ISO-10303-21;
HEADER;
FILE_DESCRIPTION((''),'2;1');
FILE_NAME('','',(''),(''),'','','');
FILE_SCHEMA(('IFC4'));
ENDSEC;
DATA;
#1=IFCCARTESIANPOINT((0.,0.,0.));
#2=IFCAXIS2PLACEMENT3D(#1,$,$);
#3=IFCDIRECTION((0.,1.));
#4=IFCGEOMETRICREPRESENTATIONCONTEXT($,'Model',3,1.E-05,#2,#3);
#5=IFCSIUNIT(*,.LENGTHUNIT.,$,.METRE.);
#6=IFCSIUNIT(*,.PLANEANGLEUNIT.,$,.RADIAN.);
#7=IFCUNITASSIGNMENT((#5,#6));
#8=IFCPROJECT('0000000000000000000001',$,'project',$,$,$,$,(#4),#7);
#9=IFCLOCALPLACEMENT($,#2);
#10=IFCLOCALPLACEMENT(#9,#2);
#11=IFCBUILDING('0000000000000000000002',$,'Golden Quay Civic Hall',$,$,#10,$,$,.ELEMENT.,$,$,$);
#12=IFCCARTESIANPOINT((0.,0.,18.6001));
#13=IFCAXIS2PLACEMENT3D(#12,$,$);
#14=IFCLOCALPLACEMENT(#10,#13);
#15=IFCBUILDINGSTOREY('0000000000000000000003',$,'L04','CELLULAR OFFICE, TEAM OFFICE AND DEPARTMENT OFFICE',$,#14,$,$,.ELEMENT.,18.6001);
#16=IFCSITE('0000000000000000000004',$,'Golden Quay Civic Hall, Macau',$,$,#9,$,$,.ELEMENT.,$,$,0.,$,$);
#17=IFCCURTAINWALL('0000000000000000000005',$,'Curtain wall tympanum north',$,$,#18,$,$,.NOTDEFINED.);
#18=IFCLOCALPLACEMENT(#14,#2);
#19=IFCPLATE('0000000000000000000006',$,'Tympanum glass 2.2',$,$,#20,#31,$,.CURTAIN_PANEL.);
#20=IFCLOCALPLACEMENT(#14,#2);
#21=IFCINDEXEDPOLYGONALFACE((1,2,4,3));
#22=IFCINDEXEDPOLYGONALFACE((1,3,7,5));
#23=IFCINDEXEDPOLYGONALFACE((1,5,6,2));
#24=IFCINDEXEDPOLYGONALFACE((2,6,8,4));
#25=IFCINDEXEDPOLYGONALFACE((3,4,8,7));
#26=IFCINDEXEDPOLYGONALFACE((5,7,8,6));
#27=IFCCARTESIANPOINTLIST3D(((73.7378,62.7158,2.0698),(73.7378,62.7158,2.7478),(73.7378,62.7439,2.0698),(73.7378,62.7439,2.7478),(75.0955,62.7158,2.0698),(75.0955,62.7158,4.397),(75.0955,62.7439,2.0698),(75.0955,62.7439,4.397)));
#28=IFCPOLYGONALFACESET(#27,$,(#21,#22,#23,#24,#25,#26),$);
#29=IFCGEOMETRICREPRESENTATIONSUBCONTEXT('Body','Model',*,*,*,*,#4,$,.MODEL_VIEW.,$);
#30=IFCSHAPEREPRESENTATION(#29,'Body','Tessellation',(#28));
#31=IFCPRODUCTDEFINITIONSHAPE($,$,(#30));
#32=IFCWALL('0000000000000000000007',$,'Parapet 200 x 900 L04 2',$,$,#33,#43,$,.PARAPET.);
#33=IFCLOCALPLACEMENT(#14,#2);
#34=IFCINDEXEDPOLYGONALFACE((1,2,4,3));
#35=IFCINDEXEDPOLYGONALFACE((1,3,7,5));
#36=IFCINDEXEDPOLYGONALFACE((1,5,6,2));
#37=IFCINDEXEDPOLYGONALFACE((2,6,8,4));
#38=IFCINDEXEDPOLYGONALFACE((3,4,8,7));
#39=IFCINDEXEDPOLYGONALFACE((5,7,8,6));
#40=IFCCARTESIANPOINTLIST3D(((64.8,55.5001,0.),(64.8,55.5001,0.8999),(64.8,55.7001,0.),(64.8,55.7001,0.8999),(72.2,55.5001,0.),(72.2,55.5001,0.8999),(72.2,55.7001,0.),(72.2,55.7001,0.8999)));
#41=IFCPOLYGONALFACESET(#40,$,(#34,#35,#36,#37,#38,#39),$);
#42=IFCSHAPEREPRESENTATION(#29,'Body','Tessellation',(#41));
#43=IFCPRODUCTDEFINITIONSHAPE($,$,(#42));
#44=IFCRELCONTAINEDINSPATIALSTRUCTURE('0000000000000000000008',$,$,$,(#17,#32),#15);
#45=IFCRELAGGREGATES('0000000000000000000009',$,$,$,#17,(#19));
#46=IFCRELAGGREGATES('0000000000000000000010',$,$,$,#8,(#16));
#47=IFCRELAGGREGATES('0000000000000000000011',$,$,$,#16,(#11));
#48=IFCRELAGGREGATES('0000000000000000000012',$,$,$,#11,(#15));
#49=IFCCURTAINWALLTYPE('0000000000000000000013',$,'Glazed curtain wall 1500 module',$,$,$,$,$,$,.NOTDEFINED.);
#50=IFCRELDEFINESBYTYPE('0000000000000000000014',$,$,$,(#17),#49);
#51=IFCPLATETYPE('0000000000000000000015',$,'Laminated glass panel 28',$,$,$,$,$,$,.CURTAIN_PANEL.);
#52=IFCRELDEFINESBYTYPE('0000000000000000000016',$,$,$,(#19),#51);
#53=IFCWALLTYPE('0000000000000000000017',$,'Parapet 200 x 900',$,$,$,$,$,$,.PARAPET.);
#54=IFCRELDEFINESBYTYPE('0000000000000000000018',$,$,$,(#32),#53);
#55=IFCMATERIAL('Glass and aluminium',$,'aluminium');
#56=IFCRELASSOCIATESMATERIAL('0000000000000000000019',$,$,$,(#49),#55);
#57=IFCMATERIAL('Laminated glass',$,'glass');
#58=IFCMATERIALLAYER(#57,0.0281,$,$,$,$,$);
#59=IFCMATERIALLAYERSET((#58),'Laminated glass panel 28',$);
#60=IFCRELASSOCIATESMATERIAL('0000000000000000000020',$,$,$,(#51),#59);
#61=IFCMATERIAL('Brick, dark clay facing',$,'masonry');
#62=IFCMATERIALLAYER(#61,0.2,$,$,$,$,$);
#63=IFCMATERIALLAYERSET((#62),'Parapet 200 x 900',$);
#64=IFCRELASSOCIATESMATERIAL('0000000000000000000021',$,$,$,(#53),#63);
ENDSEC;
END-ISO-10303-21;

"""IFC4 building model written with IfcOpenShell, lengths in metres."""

from ifc_helpers import new_model, si_unit, direction, frame, frame_2d, origin, place, context, subcontext, project, spatial, polyline, rectangle, outline, extrude, material, layer, layer_set, type_object, element, aggregate, save


model = new_model("IFC4")

# Units and contexts
model_context = context("Model", 3, precision=1e-05, world=origin(), true_north=direction((0.0, 1.0)))
body_context = subcontext(model_context, "Body", "Model", "MODEL_VIEW")
ifc_project = project(units=[si_unit("LENGTHUNIT", "METRE"), si_unit("PLANEANGLEUNIT", "RADIAN")], contexts=[model_context])

# Site, building, storey
site_placement = place(None, origin())
site = spatial("IfcSite", under=ifc_project, at=site_placement, Name="Golden Quay Civic Hall, Macau", CompositionType="ELEMENT", RefElevation=0.0)
building_placement = place(site_placement, origin())
building = spatial("IfcBuilding", under=site, at=building_placement, Name="Golden Quay Civic Hall", CompositionType="ELEMENT")
storey_placement = place(building_placement, frame((0.0, 0.0, 18.6001)))
storey = spatial("IfcBuildingStorey", under=building, at=storey_placement, Name="L04", Description="CELLULAR OFFICE, TEAM OFFICE AND DEPARTMENT OFFICE", CompositionType="ELEMENT", Elevation=18.6001)

# Curtain wall
ifc_material_1 = material(Name="Glass and aluminium", Category="aluminium")
curtain_wall_type_1 = type_object("IfcCurtainWallType", Name="Glazed curtain wall 1500 module", PredefinedType="NOTDEFINED", material=ifc_material_1)
curtain_wall_1_placement = place(storey_placement, origin())
curtain_wall_1 = element("IfcCurtainWall", 1, at=curtain_wall_1_placement, inside=storey, type_object=curtain_wall_type_1, Name="Curtain wall tympanum north", PredefinedType="NOTDEFINED")

# Plate
ifc_material_2 = material(Name="Laminated glass", Category="glass")
ifc_layer_1 = layer(ifc_material_2, 0.0281)
ifc_layer_set_1 = layer_set([ifc_layer_1], Name="Laminated glass panel 28")
plate_type_1 = type_object("IfcPlateType", Name="Laminated glass panel 28", PredefinedType="CURTAIN_PANEL", material=ifc_layer_set_1)
plate_1_placement = place(storey_placement, frame((75.0955, 62.7439, 2.0698), z_axis=(0.0, 1.0, 0.0), x_axis=(-1.0, 0.0, 0.0)))
plate_1 = element("IfcPlate", 2, at=plate_1_placement, type_object=plate_type_1, Name="Tympanum glass 2.2", PredefinedType="CURTAIN_PANEL", context=body_context, shape_type="SweptSolid", body=[
    extrude(outline(polyline([(0.0, 0.0), (1.3577, 0.0), (1.3577, 0.678), (0.0, 2.3271), (0.0, 0.0)])), origin(), (0.0, 0.0, -1.0), 0.0281),
])
aggregate(curtain_wall_1, [plate_1])

# Wall
ifc_material_3 = material(Name="Brick, dark clay facing", Category="masonry")
ifc_layer_2 = layer(ifc_material_3, 0.2)
ifc_layer_set_2 = layer_set([ifc_layer_2], Name="Parapet 200 x 900")
wall_type = type_object("IfcWallType", Name="Parapet 200 x 900", PredefinedType="PARAPET", material=ifc_layer_set_2)
wall_placement = place(storey_placement, frame((64.8, 55.6001, 0.0), z_axis=(0.0, 0.0, 1.0), x_axis=(1.0, 0.0, 0.0)))
element("IfcWall", 3, at=wall_placement, inside=storey, type_object=wall_type, Name="Parapet 200 x 900 L04 2", PredefinedType="PARAPET", context=body_context, shape_type="SweptSolid", body=[
    extrude(rectangle(XDim=7.3999, YDim=0.2, at=frame_2d((3.7, 0.0))), origin(), (0.0, 0.0, 1.0), 0.8999),
])

save(model, "model.ifc")
